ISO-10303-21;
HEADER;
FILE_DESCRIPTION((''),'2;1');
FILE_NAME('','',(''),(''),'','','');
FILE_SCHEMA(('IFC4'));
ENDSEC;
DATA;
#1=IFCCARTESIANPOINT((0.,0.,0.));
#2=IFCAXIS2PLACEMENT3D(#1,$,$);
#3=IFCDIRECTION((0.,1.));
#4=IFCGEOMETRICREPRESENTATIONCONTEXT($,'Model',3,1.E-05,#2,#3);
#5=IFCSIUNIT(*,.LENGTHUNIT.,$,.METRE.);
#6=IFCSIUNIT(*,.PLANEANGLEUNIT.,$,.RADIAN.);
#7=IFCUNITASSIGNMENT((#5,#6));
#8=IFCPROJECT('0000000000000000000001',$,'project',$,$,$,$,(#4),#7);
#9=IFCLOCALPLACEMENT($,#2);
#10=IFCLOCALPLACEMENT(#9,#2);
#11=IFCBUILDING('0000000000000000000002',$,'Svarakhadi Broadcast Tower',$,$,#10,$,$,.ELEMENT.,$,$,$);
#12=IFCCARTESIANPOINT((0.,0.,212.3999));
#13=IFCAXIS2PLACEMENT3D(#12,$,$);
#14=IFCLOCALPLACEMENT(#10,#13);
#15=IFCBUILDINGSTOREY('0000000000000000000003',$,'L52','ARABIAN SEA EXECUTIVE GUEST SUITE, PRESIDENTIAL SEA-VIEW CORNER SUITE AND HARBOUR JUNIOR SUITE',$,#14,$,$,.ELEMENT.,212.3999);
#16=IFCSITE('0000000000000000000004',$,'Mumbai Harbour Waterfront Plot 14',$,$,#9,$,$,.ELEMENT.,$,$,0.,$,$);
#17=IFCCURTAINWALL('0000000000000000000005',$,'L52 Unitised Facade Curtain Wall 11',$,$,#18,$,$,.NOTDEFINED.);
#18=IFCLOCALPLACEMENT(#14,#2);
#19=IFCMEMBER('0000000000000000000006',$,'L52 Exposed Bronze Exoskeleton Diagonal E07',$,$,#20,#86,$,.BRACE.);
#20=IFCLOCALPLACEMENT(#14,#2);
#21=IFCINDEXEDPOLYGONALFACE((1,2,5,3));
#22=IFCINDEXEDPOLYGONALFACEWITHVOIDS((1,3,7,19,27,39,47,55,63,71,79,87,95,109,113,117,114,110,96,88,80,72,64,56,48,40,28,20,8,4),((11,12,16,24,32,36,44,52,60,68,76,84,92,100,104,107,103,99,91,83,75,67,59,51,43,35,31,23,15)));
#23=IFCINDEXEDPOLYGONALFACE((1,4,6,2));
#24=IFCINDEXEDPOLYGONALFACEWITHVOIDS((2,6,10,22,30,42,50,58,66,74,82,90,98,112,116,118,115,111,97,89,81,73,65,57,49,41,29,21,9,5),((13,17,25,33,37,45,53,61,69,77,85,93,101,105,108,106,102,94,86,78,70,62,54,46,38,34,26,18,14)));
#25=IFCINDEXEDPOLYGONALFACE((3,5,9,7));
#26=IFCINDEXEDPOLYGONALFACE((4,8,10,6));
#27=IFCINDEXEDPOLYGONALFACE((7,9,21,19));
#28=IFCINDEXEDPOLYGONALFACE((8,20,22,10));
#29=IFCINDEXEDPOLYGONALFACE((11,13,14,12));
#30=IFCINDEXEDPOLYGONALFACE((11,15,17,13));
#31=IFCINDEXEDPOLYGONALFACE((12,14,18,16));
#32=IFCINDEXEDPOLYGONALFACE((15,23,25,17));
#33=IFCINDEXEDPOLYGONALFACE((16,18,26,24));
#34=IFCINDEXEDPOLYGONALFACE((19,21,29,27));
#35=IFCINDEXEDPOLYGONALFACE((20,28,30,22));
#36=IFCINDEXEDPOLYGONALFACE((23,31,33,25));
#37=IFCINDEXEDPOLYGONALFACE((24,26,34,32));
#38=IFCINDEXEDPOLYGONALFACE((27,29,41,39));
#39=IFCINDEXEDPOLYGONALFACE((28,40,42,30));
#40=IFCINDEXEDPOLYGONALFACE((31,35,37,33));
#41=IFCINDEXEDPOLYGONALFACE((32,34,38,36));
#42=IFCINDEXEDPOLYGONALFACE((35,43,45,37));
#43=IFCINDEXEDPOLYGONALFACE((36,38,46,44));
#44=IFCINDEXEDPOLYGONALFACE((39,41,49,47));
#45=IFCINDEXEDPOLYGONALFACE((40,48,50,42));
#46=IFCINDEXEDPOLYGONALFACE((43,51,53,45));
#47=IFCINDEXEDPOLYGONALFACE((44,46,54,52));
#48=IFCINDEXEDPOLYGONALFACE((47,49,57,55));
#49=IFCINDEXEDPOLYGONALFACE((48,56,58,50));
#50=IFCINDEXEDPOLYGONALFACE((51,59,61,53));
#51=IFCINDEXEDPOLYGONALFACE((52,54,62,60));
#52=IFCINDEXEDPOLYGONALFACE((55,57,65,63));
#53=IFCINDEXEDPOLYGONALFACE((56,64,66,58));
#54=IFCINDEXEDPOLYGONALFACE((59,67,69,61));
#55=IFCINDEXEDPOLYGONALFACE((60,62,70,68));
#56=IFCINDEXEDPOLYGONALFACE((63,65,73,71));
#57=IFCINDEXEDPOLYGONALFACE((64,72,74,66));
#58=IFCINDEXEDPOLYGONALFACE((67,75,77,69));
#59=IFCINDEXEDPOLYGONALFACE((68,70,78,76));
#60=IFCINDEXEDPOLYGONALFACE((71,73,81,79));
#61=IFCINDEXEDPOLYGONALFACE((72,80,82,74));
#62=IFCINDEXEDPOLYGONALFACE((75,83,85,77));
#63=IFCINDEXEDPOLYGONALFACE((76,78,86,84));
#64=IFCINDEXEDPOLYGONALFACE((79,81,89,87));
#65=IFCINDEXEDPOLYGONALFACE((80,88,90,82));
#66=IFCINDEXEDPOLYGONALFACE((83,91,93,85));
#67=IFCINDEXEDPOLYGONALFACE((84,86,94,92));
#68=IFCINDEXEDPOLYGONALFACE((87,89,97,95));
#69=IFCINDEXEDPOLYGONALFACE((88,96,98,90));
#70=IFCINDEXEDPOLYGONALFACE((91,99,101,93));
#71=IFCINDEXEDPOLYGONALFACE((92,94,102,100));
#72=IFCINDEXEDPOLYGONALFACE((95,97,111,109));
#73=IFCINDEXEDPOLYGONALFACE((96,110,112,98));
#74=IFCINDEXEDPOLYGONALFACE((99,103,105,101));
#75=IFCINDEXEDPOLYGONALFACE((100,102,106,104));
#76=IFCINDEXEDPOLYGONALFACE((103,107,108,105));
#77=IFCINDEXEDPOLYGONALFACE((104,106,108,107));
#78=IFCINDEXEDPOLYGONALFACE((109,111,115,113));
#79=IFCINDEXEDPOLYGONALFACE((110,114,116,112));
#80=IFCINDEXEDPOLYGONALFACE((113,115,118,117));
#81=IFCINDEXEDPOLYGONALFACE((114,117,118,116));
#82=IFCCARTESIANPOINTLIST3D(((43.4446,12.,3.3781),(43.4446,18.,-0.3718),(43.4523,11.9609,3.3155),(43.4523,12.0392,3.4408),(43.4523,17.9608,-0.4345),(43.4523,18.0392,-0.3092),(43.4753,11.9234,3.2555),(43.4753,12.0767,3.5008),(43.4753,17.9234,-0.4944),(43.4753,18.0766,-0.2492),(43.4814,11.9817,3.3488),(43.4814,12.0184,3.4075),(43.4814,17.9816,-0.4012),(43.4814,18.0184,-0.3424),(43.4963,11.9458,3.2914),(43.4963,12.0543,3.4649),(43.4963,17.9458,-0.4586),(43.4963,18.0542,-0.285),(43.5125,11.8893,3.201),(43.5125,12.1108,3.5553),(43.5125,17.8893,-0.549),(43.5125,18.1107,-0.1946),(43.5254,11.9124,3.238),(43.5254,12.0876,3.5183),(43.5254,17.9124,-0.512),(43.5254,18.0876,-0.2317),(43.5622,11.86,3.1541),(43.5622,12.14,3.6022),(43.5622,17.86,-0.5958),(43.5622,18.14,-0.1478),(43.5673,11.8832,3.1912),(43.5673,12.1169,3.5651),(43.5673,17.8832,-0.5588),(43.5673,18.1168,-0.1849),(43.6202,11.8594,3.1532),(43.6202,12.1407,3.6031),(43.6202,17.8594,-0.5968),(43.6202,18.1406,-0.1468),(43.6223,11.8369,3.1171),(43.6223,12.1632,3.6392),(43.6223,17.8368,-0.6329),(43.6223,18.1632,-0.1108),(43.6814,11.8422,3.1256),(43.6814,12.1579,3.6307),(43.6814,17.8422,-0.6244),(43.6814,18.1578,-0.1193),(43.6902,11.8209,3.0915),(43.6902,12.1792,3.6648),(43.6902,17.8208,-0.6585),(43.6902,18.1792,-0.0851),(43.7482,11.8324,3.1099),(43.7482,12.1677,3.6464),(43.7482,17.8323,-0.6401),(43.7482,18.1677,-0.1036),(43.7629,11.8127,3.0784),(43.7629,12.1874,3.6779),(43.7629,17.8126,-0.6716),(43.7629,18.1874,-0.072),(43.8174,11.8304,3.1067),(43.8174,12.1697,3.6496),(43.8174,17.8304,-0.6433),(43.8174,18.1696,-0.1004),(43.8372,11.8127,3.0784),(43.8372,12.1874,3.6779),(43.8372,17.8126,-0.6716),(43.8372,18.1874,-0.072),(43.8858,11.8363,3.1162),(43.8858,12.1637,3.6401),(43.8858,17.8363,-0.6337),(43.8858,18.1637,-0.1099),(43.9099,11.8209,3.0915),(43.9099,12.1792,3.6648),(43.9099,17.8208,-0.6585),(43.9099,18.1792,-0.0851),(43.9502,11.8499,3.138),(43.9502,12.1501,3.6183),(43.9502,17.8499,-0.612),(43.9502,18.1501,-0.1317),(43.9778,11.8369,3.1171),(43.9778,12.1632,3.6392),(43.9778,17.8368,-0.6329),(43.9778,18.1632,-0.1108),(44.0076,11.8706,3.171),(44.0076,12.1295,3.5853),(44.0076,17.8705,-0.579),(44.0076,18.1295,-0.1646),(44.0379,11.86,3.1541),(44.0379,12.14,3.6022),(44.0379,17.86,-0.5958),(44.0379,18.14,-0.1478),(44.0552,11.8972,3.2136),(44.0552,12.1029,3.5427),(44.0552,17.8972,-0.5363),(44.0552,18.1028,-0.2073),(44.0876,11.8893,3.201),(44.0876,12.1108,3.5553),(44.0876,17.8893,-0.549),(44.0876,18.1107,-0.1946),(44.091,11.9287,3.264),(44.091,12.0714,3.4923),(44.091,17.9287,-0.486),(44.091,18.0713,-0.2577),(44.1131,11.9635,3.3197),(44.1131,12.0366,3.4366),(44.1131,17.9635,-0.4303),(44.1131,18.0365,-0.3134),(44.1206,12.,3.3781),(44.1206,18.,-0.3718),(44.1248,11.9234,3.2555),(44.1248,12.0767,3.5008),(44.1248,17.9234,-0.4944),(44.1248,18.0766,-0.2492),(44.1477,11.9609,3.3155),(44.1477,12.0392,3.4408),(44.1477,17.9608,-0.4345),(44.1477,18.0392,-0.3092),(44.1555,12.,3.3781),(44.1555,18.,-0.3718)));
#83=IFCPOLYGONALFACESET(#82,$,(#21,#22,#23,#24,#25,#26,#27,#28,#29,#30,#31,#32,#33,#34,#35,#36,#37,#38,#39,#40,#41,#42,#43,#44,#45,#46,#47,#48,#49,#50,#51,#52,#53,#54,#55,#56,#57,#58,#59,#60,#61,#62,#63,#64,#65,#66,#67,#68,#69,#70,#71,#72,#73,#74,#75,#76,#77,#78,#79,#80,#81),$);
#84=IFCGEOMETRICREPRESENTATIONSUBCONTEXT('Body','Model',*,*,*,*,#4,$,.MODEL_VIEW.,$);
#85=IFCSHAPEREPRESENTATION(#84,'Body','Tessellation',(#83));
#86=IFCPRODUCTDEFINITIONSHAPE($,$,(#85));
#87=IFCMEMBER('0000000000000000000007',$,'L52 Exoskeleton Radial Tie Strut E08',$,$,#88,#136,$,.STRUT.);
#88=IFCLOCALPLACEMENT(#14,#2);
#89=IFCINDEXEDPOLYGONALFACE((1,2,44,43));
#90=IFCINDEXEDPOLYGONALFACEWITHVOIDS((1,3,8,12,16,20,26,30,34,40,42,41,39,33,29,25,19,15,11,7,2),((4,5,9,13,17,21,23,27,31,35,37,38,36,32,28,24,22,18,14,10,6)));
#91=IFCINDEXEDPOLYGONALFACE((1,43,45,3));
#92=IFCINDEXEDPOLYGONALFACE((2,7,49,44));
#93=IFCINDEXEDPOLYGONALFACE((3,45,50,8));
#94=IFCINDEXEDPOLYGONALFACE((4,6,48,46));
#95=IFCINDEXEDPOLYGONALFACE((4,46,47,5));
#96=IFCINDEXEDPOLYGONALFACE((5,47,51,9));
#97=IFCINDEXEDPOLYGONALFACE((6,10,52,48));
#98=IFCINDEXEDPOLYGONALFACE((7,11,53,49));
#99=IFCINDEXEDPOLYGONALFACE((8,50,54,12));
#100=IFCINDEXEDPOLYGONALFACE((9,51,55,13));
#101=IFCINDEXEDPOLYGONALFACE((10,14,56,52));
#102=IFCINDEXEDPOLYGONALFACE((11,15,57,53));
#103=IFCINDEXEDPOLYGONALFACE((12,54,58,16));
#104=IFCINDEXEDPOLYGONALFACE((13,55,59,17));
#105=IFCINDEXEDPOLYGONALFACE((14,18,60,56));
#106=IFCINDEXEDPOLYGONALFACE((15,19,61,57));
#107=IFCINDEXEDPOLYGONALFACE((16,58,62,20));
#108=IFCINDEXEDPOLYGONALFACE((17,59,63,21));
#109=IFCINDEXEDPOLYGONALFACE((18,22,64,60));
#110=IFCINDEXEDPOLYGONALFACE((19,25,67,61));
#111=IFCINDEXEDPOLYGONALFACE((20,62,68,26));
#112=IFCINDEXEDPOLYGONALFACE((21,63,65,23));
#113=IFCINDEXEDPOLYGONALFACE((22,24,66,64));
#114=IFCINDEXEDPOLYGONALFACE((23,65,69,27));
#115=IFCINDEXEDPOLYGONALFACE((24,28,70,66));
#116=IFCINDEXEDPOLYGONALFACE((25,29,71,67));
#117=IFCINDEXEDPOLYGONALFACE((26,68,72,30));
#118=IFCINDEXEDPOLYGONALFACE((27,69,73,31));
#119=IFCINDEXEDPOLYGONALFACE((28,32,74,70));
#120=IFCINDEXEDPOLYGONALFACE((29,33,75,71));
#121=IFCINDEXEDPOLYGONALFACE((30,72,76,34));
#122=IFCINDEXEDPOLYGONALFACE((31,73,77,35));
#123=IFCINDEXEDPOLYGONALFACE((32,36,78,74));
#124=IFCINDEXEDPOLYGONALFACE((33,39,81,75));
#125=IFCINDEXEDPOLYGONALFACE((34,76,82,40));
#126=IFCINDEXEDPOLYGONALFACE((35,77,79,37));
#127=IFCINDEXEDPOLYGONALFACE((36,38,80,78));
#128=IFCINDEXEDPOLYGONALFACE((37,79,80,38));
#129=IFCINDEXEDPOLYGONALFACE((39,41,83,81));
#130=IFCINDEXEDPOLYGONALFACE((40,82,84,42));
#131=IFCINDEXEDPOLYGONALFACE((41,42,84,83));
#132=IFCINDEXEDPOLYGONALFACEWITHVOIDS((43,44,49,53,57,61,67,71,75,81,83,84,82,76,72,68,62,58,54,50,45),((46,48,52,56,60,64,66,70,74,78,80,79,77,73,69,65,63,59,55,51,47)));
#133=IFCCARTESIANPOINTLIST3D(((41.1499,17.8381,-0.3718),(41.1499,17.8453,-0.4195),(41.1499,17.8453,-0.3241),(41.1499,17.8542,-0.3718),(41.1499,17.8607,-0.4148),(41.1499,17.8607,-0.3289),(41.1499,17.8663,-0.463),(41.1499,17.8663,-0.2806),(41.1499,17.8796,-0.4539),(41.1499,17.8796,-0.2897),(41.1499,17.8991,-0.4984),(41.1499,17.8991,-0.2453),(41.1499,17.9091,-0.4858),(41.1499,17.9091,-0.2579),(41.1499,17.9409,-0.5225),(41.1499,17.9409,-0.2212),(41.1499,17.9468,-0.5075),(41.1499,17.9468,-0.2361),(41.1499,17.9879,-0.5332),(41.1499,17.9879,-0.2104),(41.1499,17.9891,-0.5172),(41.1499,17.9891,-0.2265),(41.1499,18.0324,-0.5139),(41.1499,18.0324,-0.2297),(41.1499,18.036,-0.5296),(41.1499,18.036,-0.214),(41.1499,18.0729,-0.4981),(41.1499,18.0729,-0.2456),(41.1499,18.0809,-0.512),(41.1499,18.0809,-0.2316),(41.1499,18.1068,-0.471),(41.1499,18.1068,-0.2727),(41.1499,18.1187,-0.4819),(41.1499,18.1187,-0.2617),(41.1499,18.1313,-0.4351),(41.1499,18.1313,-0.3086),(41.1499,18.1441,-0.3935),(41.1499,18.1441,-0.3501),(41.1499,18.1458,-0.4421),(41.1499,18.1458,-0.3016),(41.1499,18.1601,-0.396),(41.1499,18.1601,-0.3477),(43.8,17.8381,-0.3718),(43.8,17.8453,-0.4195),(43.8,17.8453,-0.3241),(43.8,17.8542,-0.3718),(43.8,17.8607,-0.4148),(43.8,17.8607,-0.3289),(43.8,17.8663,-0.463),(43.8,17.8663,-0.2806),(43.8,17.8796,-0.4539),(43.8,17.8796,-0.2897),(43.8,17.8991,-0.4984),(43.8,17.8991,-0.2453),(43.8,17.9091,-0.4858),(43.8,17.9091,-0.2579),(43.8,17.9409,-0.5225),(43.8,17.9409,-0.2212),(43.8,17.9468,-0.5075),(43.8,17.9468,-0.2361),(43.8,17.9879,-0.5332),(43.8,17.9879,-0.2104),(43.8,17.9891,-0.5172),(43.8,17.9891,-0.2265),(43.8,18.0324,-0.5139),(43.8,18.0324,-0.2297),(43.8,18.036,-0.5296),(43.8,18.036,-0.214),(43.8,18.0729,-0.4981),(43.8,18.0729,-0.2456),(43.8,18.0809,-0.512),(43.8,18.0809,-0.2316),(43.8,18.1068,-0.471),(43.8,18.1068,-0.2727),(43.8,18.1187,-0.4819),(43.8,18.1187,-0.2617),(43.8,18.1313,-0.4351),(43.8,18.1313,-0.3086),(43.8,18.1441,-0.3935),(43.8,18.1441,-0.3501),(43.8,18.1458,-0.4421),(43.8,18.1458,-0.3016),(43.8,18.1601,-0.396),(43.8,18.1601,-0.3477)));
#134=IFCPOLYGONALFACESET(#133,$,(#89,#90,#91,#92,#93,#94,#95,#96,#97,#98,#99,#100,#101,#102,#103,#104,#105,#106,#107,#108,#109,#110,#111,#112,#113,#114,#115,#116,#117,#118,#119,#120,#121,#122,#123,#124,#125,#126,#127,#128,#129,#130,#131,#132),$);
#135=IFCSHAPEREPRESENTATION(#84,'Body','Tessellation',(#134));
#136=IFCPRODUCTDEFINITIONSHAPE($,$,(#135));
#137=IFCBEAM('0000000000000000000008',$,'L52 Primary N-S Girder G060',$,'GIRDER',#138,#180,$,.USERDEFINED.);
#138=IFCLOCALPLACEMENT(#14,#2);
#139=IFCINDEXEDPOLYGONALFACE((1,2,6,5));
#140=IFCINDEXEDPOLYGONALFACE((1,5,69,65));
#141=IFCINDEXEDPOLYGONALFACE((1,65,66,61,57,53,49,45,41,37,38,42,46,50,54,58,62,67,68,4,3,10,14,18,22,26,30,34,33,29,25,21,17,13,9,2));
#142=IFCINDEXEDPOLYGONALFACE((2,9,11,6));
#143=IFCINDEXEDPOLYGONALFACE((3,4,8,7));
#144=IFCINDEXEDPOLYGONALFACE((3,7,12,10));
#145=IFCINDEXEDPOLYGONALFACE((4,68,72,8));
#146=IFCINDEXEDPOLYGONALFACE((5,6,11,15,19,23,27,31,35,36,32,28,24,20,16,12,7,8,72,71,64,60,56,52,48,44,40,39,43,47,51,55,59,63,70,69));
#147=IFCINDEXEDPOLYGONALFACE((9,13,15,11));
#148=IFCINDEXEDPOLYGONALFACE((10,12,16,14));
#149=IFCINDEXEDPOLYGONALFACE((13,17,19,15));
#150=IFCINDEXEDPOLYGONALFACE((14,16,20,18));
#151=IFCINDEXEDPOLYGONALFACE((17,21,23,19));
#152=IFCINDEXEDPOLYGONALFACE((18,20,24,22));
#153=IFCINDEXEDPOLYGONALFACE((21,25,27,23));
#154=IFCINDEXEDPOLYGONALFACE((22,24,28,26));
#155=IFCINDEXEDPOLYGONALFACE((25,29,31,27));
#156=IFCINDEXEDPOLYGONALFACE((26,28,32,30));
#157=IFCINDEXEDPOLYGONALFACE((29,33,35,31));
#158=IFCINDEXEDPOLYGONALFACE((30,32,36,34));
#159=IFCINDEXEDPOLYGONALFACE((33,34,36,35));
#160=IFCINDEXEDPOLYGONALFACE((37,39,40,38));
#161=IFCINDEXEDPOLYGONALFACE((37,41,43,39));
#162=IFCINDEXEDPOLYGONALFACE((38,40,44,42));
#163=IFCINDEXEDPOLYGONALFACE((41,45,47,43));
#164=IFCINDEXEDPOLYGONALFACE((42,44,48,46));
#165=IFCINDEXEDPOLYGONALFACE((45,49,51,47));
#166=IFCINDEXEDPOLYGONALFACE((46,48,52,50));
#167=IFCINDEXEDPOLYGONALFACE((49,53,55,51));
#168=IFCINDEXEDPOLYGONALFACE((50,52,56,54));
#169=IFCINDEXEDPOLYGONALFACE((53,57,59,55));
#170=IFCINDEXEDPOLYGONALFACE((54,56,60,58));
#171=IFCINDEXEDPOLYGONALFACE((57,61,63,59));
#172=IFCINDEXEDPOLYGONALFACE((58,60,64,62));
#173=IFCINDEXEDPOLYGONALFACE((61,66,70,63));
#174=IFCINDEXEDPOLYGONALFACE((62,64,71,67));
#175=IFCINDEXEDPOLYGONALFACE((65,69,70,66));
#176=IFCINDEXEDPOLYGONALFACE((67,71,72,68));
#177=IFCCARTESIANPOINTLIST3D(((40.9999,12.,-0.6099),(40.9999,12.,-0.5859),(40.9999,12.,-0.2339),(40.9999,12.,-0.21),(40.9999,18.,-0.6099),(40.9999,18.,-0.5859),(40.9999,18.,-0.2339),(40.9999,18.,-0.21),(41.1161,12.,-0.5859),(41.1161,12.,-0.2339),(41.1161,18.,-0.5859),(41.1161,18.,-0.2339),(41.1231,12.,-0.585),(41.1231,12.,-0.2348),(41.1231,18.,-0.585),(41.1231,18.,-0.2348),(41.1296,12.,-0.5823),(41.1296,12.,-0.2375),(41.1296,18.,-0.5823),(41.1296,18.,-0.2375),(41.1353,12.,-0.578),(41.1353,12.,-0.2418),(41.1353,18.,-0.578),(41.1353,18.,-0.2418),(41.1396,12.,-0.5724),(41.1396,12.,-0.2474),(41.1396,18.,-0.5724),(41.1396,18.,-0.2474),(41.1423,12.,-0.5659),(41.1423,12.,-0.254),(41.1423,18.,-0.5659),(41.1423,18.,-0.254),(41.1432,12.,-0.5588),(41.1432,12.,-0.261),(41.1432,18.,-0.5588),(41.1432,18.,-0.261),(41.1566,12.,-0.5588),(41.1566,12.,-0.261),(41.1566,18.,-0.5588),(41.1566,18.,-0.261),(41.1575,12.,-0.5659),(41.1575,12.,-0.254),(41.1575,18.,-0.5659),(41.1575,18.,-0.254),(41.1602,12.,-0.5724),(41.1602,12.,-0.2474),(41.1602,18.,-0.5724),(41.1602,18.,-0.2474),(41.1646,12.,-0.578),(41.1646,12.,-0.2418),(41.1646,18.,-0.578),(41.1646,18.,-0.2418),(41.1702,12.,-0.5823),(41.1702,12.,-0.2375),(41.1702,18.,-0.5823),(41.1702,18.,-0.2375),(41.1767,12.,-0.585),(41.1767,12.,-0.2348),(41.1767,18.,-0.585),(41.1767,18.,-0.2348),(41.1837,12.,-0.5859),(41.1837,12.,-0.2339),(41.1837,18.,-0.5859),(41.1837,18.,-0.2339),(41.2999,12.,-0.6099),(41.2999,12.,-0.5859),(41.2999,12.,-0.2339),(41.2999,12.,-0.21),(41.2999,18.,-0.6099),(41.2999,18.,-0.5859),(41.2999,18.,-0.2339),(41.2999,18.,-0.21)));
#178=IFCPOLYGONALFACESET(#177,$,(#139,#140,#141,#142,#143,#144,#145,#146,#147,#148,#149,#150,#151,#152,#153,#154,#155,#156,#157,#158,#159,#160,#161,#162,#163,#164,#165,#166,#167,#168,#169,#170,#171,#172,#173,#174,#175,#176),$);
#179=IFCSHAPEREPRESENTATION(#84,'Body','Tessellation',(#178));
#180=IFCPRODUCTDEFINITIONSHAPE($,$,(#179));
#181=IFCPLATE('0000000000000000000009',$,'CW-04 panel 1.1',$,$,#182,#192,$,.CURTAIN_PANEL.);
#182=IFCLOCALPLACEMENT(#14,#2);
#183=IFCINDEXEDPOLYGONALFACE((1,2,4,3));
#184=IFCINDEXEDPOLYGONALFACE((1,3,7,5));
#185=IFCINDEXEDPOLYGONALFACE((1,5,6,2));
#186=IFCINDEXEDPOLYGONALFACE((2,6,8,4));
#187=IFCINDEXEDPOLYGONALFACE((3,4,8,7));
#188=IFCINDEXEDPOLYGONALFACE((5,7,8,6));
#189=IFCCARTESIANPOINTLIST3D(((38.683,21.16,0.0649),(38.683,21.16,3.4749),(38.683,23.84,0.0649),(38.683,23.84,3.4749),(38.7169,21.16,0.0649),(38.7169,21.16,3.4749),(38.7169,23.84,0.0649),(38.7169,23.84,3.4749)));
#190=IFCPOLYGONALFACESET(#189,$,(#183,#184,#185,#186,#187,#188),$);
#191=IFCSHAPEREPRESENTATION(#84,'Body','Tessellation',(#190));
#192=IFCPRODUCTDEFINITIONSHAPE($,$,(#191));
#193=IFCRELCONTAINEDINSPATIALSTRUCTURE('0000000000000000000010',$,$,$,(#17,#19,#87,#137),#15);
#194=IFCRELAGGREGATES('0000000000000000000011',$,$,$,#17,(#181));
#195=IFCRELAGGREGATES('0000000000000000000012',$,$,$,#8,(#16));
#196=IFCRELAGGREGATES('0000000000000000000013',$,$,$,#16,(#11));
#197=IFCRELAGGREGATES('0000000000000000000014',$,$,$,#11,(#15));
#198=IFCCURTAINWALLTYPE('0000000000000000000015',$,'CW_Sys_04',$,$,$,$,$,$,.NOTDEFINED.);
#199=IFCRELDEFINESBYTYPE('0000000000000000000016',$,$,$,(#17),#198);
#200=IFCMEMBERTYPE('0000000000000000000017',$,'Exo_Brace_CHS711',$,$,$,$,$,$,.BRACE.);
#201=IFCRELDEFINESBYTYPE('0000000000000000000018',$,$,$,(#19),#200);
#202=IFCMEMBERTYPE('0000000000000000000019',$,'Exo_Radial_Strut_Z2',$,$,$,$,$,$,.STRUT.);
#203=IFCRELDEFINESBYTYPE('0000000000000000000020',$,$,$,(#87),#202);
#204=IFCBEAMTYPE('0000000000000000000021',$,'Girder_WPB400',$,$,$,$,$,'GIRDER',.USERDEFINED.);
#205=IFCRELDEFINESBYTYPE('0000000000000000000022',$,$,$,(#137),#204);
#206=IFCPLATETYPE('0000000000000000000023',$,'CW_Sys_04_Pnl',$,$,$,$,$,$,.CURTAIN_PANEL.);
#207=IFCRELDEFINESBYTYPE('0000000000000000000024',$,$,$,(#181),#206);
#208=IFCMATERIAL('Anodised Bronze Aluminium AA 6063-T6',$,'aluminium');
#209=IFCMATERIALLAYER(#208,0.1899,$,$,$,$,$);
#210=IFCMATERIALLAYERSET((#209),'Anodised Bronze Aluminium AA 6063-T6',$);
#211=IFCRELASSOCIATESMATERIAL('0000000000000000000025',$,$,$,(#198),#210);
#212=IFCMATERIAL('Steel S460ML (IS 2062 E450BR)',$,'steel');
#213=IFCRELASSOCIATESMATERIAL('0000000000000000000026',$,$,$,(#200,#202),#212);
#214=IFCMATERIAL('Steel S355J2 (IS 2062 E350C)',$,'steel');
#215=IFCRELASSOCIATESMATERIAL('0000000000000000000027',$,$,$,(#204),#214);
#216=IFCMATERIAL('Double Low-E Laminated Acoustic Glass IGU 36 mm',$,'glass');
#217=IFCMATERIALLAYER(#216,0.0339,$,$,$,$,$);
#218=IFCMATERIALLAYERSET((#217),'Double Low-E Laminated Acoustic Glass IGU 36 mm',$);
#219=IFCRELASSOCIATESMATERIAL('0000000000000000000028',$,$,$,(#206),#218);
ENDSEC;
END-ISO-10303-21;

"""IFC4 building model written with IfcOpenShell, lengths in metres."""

from ifc_helpers import new_model, si_unit, direction, frame, origin, origin_2d, place, context, subcontext, project, spatial, rectangle, hollow_circle, i_section, extrude, material, layer, layer_set, material_profile, profile_set, type_object, element, aggregate, save


model = new_model("IFC4")

# Units and contexts
model_context = context("Model", 3, precision=1e-05, world=origin(), true_north=direction((0.0, 1.0)))
body_context = subcontext(model_context, "Body", "Model", "MODEL_VIEW")
ifc_project = project(units=[si_unit("LENGTHUNIT", "METRE"), si_unit("PLANEANGLEUNIT", "RADIAN")], contexts=[model_context])

# Site, building, storey
site_placement = place(None, origin())
site = spatial("IfcSite", under=ifc_project, at=site_placement, Name="Mumbai Harbour Waterfront Plot 14", CompositionType="ELEMENT", RefElevation=0.0)
building_placement = place(site_placement, origin())
building = spatial("IfcBuilding", under=site, at=building_placement, Name="Svarakhadi Broadcast Tower", CompositionType="ELEMENT")
storey_placement = place(building_placement, frame((0.0, 0.0, 212.3999)))
storey = spatial("IfcBuildingStorey", under=building, at=storey_placement, Name="L52", Description="ARABIAN SEA EXECUTIVE GUEST SUITE, PRESIDENTIAL SEA-VIEW CORNER SUITE AND HARBOUR JUNIOR SUITE", CompositionType="ELEMENT", Elevation=212.3999)

# Shared definitions
ifc_material_1 = material(Name="Steel S460ML (IS 2062 E450BR)", Category="steel")

# Shared definitions
ifc_material_2 = material(Name="Anodised Bronze Aluminium AA 6063-T6", Category="aluminium")
ifc_layer_1 = layer(ifc_material_2, 0.1899)
ifc_layer_set_1 = layer_set([ifc_layer_1], Name="Anodised Bronze Aluminium AA 6063-T6")
curtain_wall_type = type_object("IfcCurtainWallType", Name="CW_Sys_04", PredefinedType="NOTDEFINED", material=ifc_layer_set_1)

# Curtain wall
curtain_wall_1_placement = place(storey_placement, origin())
curtain_wall_1 = element("IfcCurtainWall", 1, at=curtain_wall_1_placement, inside=storey, type_object=curtain_wall_type, Name="L52 Unitised Facade Curtain Wall 11", PredefinedType="NOTDEFINED")

# Members
ifc_material_profile_1 = material_profile(ifc_material_1, hollow_circle(Radius=0.3555, WallThickness=0.0349, at=origin_2d()), Name="CHS 711x35")
ifc_profile_set_1 = profile_set([ifc_material_profile_1], Name="Steel S460ML (IS 2062 E450BR)")
member_type_1 = type_object("IfcMemberType", Name="Exo_Brace_CHS711", PredefinedType="BRACE", material=ifc_profile_set_1)
member_1_placement = place(storey_placement, frame((43.8, 18.0, -0.3718), z_axis=(0.0, -0.847998, 0.529999), x_axis=(1.0, 0.0, 0.0)))
element("IfcMember", 2, at=member_1_placement, inside=storey, type_object=member_type_1, Name="L52 Exposed Bronze Exoskeleton Diagonal E07", PredefinedType="BRACE", context=body_context, shape_type="SweptSolid", body=[
    extrude(hollow_circle(Radius=0.3555, WallThickness=0.0349, at=origin_2d()), origin(), (0.0, 0.0, 1.0), 7.0754),
])
ifc_material_profile_2 = material_profile(ifc_material_1, hollow_circle(Radius=0.1619, WallThickness=0.0161, at=origin_2d()), Name="CHS 323.9x16")
ifc_profile_set_2 = profile_set([ifc_material_profile_2], Name="Steel S460ML (IS 2062 E450BR)")
member_type_2 = type_object("IfcMemberType", Name="Exo_Radial_Strut_Z2", PredefinedType="STRUT", material=ifc_profile_set_2)
member_2_placement = place(storey_placement, frame((43.8, 18.0, -0.3718), z_axis=(-1.0, 0.0, 0.0), x_axis=(0.0, -1.0, 0.0)))
element("IfcMember", 3, at=member_2_placement, inside=storey, type_object=member_type_2, Name="L52 Exoskeleton Radial Tie Strut E08", PredefinedType="STRUT", context=body_context, shape_type="SweptSolid", body=[
    extrude(hollow_circle(Radius=0.1619, WallThickness=0.0161, at=origin_2d()), origin(), (0.0, 0.0, 1.0), 2.6501),
])

# Beam
ifc_material_3 = material(Name="Steel S355J2 (IS 2062 E350C)", Category="steel")
ifc_material_profile_3 = material_profile(ifc_material_3, i_section(OverallWidth=0.3, OverallDepth=0.3999, WebThickness=0.0134, FlangeThickness=0.0239, FilletRadius=0.0271, at=origin_2d()), Name="WPB 400x300x155")
ifc_profile_set_3 = profile_set([ifc_material_profile_3], Name="Steel S355J2 (IS 2062 E350C)")
beam_type = type_object("IfcBeamType", Name="Girder_WPB400", ElementType="GIRDER", PredefinedType="USERDEFINED", material=ifc_profile_set_3)
beam_placement = place(storey_placement, frame((41.1499, 12.0, -0.4099), z_axis=(0.0, 1.0, 0.0), x_axis=(-1.0, 0.0, 0.0)))
element("IfcBeam", 4, at=beam_placement, inside=storey, type_object=beam_type, Name="L52 Primary N-S Girder G060", ObjectType="GIRDER", PredefinedType="USERDEFINED", context=body_context, shape_type="SweptSolid", body=[
    extrude(i_section(OverallWidth=0.3, OverallDepth=0.3999, WebThickness=0.0134, FlangeThickness=0.0239, FilletRadius=0.0271, at=origin_2d()), origin(), (0.0, 0.0, 1.0), 6.0),
])

# Plate
ifc_material_4 = material(Name="Double Low-E Laminated Acoustic Glass IGU 36 mm", Category="glass")
ifc_layer_2 = layer(ifc_material_4, 0.0339)
ifc_layer_set_2 = layer_set([ifc_layer_2], Name="Double Low-E Laminated Acoustic Glass IGU 36 mm")
plate_type_1 = type_object("IfcPlateType", Name="CW_Sys_04_Pnl", PredefinedType="CURTAIN_PANEL", material=ifc_layer_set_2)
plate_1_placement = place(storey_placement, frame((38.7, 22.5, 0.0649), z_axis=(0.0, 0.0, 1.0), x_axis=(0.0, -1.0, 0.0)))
plate_1 = element("IfcPlate", 5, at=plate_1_placement, type_object=plate_type_1, Name="CW-04 panel 1.1", PredefinedType="CURTAIN_PANEL", context=body_context, shape_type="SweptSolid", body=[
    extrude(rectangle(XDim=2.6799, YDim=0.0339, at=origin_2d()), origin(), (0.0, 0.0, 1.0), 3.4099),
])
aggregate(curtain_wall_1, [plate_1])

save(model, "model.ifc")
